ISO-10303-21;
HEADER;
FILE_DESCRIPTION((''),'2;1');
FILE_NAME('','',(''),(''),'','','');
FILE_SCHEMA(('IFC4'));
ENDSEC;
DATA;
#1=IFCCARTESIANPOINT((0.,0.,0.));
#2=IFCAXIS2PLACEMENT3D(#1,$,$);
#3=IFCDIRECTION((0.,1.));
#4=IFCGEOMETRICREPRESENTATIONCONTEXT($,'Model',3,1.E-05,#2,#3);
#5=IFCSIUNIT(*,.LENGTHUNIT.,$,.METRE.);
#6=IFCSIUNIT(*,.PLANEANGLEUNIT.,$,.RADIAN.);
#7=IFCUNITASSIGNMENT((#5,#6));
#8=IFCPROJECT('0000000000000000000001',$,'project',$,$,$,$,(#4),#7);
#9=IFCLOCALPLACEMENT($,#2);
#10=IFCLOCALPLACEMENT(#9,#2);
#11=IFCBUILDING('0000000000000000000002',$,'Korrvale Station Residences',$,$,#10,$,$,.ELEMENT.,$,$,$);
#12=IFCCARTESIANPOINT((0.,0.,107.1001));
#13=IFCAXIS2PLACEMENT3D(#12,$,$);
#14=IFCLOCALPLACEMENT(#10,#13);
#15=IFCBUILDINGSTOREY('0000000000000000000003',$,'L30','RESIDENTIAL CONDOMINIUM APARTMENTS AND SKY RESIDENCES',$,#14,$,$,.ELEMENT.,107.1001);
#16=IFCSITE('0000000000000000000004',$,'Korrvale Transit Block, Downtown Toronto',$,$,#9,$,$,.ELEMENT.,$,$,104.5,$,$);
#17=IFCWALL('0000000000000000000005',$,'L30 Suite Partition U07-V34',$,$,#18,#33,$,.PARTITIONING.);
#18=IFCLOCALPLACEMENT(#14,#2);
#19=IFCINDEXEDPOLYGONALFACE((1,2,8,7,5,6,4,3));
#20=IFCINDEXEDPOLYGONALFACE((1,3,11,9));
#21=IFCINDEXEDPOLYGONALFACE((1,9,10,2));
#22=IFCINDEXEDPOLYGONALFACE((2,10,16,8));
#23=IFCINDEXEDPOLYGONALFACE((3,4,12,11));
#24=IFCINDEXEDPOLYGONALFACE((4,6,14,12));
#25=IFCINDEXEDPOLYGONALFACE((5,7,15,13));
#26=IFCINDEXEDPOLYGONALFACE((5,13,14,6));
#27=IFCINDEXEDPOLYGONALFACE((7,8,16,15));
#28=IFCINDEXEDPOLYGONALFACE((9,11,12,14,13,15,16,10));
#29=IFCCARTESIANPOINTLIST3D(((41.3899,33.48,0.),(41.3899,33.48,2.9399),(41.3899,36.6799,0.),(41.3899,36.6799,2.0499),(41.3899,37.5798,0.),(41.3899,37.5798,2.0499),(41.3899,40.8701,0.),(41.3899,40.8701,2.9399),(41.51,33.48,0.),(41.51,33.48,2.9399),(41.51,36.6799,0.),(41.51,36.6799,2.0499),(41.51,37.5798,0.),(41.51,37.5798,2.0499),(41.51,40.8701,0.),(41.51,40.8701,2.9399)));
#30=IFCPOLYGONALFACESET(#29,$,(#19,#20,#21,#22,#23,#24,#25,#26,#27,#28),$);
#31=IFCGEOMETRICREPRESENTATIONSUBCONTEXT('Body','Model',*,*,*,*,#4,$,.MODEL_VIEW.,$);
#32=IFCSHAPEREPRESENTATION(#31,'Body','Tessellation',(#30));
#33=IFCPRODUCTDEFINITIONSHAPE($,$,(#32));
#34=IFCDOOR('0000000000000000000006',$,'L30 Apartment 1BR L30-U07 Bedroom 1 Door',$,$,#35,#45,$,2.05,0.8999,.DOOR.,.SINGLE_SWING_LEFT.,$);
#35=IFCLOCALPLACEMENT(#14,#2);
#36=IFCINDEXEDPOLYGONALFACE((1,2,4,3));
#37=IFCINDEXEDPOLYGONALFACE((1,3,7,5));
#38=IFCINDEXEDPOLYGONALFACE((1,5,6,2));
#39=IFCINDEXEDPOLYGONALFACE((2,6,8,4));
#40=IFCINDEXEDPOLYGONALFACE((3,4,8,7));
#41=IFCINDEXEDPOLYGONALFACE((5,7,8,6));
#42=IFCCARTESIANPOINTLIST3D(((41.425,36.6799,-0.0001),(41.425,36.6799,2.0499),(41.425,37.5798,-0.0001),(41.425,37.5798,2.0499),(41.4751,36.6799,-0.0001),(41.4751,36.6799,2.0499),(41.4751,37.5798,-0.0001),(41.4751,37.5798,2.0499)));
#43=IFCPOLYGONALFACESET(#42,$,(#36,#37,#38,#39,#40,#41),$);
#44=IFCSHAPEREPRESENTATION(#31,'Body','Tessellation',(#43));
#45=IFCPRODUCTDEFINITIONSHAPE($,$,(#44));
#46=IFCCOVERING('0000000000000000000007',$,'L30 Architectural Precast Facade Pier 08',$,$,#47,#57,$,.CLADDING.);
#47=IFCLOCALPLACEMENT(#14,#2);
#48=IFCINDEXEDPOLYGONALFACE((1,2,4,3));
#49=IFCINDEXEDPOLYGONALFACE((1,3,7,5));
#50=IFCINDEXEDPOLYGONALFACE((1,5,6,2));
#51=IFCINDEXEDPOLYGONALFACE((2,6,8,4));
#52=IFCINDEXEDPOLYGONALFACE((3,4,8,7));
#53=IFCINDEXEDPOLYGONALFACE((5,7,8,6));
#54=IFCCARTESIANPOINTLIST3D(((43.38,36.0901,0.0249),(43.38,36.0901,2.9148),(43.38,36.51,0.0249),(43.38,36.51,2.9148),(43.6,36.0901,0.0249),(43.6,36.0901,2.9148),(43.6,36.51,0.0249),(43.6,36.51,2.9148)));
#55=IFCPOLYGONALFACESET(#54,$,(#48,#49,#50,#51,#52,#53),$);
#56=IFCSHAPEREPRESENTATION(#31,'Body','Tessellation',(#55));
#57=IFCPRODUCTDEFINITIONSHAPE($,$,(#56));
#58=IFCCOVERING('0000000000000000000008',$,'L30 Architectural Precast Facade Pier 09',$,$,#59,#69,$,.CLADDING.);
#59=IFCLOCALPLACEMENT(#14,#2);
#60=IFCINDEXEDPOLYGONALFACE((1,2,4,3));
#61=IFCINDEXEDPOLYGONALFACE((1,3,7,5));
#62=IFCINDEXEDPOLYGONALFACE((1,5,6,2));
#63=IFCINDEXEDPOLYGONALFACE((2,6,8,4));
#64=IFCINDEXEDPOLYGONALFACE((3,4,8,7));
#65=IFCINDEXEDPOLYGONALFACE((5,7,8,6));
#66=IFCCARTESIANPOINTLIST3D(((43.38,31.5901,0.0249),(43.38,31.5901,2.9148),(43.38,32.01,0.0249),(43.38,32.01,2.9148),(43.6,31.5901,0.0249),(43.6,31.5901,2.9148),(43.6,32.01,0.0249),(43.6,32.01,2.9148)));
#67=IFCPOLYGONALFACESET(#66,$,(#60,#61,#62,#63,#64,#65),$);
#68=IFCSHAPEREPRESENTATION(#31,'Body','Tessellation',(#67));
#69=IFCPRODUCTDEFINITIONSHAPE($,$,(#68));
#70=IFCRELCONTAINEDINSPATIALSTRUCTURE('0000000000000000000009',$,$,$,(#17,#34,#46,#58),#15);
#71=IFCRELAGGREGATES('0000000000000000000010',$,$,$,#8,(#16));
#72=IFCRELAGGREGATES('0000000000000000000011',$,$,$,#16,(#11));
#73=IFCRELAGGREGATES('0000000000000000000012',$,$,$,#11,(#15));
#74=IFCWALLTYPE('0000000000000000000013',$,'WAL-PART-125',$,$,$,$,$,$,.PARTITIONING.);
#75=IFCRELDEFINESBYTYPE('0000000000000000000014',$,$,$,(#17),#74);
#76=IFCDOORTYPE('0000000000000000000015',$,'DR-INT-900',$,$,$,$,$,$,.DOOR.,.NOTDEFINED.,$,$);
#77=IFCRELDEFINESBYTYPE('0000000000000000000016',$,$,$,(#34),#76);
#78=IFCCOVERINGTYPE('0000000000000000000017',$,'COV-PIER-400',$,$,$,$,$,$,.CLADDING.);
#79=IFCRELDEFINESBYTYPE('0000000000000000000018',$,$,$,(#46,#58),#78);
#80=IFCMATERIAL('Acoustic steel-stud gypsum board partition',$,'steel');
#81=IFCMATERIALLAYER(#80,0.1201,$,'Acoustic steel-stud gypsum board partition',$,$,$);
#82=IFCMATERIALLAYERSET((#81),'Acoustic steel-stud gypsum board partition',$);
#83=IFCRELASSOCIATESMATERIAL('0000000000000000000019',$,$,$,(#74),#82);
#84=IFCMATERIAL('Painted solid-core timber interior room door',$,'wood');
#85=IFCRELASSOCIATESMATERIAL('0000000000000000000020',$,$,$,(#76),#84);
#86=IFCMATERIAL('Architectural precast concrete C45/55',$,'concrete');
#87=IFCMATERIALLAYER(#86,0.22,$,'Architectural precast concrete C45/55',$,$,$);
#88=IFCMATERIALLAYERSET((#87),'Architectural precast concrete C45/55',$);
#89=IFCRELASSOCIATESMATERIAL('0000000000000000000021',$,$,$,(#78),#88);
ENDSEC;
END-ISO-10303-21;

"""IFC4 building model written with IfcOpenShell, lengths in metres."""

from ifc_helpers import new_model, si_unit, direction, frame, frame_2d, origin, origin_2d, place, context, subcontext, project, spatial, rectangle, extrude, material, layer, layer_set, type_object, element, fill, save


model = new_model("IFC4")

# Units and contexts
model_context = context("Model", 3, precision=1e-05, world=origin(), true_north=direction((0.0, 1.0)))
body_context = subcontext(model_context, "Body", "Model", "MODEL_VIEW")
ifc_project = project(units=[si_unit("LENGTHUNIT", "METRE"), si_unit("PLANEANGLEUNIT", "RADIAN")], contexts=[model_context])

# Site, building, storey
site_placement = place(None, origin())
site = spatial("IfcSite", under=ifc_project, at=site_placement, Name="Korrvale Transit Block, Downtown Toronto", CompositionType="ELEMENT", RefElevation=104.5)
building_placement = place(site_placement, origin())
building = spatial("IfcBuilding", under=site, at=building_placement, Name="Korrvale Station Residences", CompositionType="ELEMENT")
storey_placement = place(building_placement, frame((0.0, 0.0, 107.1001)))
storey = spatial("IfcBuildingStorey", under=building, at=storey_placement, Name="L30", Description="RESIDENTIAL CONDOMINIUM APARTMENTS AND SKY RESIDENCES", CompositionType="ELEMENT", Elevation=107.1001)

# Shared definitions
ifc_material_1 = material(Name="Acoustic steel-stud gypsum board partition", Category="steel")
ifc_layer_1 = layer(ifc_material_1, 0.1201, Name="Acoustic steel-stud gypsum board partition")
ifc_layer_set_1 = layer_set([ifc_layer_1], Name="Acoustic steel-stud gypsum board partition")
wall_type = type_object("IfcWallType", Name="WAL-PART-125", PredefinedType="PARTITIONING", material=ifc_layer_set_1)

# Wall, opening, door
ifc_material_2 = material(Name="Painted solid-core timber interior room door", Category="wood")
door_type_1 = type_object("IfcDoorType", Name="DR-INT-900", OperationType="NOTDEFINED", PredefinedType="DOOR", material=ifc_material_2)
wall_1_placement = place(storey_placement, frame((41.45, 33.48, 0.0), z_axis=(0.0, 0.0, 1.0), x_axis=(0.0, 1.0, 0.0)))
wall_1 = element("IfcWall", 1, at=wall_1_placement, inside=storey, type_object=wall_type, Name="L30 Suite Partition U07-V34", PredefinedType="PARTITIONING", context=body_context, shape_type="SweptSolid", body=[
    extrude(rectangle(XDim=7.3901, YDim=0.1201, at=frame_2d((3.6951, 0.0))), origin(), (0.0, 0.0, 1.0), 2.9399),
])
opening_1_placement = place(wall_1_placement, frame((3.2, 0.0, 0.0)))
opening_1 = element("IfcOpeningElement", 2, at=opening_1_placement, cuts=wall_1, PredefinedType="OPENING", context=body_context, shape_type="SweptSolid", body=[
    extrude(rectangle(XDim=0.8999, YDim=2.05, at=frame_2d((0.45, 1.0249))), frame((0.0, 0.0701, 0.0), z_axis=(0.0, -1.0, 0.0), x_axis=(1.0, 0.0, 0.0)), (0.0, 0.0, 1.0), 0.1401),
])
door_1_placement = place(opening_1_placement, origin())
door_1 = element("IfcDoor", 3, at=door_1_placement, inside=storey, type_object=door_type_1, Name="L30 Apartment 1BR L30-U07 Bedroom 1 Door", OperationType="SINGLE_SWING_LEFT", OverallHeight=2.05, OverallWidth=0.8999, PredefinedType="DOOR", context=body_context, shape_type="SweptSolid", body=[
    extrude(rectangle(XDim=0.8999, YDim=2.05, at=frame_2d((0.45, 1.0249))), frame((0.0, 0.0249, 0.0), z_axis=(0.0, -1.0, 0.0), x_axis=(1.0, 0.0, 0.0)), (0.0, 0.0, 1.0), 0.05),
])
fill(opening_1, door_1)

# Coverings
ifc_material_3 = material(Name="Architectural precast concrete C45/55", Category="concrete")
ifc_layer_2 = layer(ifc_material_3, 0.22, Name="Architectural precast concrete C45/55")
ifc_layer_set_2 = layer_set([ifc_layer_2], Name="Architectural precast concrete C45/55")
covering_type = type_object("IfcCoveringType", Name="COV-PIER-400", PredefinedType="CLADDING", material=ifc_layer_set_2)
for number, where, z_axis, x_axis, name in (
    (4, (43.49, 36.3, 0.0249), (0.0, 0.0, 1.0), (0.0, 1.0, 0.0), "L30 Architectural Precast Facade Pier 08"),
    (5, (43.49, 31.8, 0.0249), (0.0, 0.0, 1.0), (0.0, 1.0, 0.0), "L30 Architectural Precast Facade Pier 09"),
):
    element("IfcCovering", number, at=place(storey_placement, frame(where, z_axis=z_axis, x_axis=x_axis)), inside=storey, type_object=covering_type, Name=name, PredefinedType="CLADDING", context=body_context, shape_type="SweptSolid", body=[
        extrude(rectangle(XDim=0.4199, YDim=0.22, at=origin_2d()), origin(), (0.0, 0.0, 1.0), 2.8899),
    ])

save(model, "model.ifc")
